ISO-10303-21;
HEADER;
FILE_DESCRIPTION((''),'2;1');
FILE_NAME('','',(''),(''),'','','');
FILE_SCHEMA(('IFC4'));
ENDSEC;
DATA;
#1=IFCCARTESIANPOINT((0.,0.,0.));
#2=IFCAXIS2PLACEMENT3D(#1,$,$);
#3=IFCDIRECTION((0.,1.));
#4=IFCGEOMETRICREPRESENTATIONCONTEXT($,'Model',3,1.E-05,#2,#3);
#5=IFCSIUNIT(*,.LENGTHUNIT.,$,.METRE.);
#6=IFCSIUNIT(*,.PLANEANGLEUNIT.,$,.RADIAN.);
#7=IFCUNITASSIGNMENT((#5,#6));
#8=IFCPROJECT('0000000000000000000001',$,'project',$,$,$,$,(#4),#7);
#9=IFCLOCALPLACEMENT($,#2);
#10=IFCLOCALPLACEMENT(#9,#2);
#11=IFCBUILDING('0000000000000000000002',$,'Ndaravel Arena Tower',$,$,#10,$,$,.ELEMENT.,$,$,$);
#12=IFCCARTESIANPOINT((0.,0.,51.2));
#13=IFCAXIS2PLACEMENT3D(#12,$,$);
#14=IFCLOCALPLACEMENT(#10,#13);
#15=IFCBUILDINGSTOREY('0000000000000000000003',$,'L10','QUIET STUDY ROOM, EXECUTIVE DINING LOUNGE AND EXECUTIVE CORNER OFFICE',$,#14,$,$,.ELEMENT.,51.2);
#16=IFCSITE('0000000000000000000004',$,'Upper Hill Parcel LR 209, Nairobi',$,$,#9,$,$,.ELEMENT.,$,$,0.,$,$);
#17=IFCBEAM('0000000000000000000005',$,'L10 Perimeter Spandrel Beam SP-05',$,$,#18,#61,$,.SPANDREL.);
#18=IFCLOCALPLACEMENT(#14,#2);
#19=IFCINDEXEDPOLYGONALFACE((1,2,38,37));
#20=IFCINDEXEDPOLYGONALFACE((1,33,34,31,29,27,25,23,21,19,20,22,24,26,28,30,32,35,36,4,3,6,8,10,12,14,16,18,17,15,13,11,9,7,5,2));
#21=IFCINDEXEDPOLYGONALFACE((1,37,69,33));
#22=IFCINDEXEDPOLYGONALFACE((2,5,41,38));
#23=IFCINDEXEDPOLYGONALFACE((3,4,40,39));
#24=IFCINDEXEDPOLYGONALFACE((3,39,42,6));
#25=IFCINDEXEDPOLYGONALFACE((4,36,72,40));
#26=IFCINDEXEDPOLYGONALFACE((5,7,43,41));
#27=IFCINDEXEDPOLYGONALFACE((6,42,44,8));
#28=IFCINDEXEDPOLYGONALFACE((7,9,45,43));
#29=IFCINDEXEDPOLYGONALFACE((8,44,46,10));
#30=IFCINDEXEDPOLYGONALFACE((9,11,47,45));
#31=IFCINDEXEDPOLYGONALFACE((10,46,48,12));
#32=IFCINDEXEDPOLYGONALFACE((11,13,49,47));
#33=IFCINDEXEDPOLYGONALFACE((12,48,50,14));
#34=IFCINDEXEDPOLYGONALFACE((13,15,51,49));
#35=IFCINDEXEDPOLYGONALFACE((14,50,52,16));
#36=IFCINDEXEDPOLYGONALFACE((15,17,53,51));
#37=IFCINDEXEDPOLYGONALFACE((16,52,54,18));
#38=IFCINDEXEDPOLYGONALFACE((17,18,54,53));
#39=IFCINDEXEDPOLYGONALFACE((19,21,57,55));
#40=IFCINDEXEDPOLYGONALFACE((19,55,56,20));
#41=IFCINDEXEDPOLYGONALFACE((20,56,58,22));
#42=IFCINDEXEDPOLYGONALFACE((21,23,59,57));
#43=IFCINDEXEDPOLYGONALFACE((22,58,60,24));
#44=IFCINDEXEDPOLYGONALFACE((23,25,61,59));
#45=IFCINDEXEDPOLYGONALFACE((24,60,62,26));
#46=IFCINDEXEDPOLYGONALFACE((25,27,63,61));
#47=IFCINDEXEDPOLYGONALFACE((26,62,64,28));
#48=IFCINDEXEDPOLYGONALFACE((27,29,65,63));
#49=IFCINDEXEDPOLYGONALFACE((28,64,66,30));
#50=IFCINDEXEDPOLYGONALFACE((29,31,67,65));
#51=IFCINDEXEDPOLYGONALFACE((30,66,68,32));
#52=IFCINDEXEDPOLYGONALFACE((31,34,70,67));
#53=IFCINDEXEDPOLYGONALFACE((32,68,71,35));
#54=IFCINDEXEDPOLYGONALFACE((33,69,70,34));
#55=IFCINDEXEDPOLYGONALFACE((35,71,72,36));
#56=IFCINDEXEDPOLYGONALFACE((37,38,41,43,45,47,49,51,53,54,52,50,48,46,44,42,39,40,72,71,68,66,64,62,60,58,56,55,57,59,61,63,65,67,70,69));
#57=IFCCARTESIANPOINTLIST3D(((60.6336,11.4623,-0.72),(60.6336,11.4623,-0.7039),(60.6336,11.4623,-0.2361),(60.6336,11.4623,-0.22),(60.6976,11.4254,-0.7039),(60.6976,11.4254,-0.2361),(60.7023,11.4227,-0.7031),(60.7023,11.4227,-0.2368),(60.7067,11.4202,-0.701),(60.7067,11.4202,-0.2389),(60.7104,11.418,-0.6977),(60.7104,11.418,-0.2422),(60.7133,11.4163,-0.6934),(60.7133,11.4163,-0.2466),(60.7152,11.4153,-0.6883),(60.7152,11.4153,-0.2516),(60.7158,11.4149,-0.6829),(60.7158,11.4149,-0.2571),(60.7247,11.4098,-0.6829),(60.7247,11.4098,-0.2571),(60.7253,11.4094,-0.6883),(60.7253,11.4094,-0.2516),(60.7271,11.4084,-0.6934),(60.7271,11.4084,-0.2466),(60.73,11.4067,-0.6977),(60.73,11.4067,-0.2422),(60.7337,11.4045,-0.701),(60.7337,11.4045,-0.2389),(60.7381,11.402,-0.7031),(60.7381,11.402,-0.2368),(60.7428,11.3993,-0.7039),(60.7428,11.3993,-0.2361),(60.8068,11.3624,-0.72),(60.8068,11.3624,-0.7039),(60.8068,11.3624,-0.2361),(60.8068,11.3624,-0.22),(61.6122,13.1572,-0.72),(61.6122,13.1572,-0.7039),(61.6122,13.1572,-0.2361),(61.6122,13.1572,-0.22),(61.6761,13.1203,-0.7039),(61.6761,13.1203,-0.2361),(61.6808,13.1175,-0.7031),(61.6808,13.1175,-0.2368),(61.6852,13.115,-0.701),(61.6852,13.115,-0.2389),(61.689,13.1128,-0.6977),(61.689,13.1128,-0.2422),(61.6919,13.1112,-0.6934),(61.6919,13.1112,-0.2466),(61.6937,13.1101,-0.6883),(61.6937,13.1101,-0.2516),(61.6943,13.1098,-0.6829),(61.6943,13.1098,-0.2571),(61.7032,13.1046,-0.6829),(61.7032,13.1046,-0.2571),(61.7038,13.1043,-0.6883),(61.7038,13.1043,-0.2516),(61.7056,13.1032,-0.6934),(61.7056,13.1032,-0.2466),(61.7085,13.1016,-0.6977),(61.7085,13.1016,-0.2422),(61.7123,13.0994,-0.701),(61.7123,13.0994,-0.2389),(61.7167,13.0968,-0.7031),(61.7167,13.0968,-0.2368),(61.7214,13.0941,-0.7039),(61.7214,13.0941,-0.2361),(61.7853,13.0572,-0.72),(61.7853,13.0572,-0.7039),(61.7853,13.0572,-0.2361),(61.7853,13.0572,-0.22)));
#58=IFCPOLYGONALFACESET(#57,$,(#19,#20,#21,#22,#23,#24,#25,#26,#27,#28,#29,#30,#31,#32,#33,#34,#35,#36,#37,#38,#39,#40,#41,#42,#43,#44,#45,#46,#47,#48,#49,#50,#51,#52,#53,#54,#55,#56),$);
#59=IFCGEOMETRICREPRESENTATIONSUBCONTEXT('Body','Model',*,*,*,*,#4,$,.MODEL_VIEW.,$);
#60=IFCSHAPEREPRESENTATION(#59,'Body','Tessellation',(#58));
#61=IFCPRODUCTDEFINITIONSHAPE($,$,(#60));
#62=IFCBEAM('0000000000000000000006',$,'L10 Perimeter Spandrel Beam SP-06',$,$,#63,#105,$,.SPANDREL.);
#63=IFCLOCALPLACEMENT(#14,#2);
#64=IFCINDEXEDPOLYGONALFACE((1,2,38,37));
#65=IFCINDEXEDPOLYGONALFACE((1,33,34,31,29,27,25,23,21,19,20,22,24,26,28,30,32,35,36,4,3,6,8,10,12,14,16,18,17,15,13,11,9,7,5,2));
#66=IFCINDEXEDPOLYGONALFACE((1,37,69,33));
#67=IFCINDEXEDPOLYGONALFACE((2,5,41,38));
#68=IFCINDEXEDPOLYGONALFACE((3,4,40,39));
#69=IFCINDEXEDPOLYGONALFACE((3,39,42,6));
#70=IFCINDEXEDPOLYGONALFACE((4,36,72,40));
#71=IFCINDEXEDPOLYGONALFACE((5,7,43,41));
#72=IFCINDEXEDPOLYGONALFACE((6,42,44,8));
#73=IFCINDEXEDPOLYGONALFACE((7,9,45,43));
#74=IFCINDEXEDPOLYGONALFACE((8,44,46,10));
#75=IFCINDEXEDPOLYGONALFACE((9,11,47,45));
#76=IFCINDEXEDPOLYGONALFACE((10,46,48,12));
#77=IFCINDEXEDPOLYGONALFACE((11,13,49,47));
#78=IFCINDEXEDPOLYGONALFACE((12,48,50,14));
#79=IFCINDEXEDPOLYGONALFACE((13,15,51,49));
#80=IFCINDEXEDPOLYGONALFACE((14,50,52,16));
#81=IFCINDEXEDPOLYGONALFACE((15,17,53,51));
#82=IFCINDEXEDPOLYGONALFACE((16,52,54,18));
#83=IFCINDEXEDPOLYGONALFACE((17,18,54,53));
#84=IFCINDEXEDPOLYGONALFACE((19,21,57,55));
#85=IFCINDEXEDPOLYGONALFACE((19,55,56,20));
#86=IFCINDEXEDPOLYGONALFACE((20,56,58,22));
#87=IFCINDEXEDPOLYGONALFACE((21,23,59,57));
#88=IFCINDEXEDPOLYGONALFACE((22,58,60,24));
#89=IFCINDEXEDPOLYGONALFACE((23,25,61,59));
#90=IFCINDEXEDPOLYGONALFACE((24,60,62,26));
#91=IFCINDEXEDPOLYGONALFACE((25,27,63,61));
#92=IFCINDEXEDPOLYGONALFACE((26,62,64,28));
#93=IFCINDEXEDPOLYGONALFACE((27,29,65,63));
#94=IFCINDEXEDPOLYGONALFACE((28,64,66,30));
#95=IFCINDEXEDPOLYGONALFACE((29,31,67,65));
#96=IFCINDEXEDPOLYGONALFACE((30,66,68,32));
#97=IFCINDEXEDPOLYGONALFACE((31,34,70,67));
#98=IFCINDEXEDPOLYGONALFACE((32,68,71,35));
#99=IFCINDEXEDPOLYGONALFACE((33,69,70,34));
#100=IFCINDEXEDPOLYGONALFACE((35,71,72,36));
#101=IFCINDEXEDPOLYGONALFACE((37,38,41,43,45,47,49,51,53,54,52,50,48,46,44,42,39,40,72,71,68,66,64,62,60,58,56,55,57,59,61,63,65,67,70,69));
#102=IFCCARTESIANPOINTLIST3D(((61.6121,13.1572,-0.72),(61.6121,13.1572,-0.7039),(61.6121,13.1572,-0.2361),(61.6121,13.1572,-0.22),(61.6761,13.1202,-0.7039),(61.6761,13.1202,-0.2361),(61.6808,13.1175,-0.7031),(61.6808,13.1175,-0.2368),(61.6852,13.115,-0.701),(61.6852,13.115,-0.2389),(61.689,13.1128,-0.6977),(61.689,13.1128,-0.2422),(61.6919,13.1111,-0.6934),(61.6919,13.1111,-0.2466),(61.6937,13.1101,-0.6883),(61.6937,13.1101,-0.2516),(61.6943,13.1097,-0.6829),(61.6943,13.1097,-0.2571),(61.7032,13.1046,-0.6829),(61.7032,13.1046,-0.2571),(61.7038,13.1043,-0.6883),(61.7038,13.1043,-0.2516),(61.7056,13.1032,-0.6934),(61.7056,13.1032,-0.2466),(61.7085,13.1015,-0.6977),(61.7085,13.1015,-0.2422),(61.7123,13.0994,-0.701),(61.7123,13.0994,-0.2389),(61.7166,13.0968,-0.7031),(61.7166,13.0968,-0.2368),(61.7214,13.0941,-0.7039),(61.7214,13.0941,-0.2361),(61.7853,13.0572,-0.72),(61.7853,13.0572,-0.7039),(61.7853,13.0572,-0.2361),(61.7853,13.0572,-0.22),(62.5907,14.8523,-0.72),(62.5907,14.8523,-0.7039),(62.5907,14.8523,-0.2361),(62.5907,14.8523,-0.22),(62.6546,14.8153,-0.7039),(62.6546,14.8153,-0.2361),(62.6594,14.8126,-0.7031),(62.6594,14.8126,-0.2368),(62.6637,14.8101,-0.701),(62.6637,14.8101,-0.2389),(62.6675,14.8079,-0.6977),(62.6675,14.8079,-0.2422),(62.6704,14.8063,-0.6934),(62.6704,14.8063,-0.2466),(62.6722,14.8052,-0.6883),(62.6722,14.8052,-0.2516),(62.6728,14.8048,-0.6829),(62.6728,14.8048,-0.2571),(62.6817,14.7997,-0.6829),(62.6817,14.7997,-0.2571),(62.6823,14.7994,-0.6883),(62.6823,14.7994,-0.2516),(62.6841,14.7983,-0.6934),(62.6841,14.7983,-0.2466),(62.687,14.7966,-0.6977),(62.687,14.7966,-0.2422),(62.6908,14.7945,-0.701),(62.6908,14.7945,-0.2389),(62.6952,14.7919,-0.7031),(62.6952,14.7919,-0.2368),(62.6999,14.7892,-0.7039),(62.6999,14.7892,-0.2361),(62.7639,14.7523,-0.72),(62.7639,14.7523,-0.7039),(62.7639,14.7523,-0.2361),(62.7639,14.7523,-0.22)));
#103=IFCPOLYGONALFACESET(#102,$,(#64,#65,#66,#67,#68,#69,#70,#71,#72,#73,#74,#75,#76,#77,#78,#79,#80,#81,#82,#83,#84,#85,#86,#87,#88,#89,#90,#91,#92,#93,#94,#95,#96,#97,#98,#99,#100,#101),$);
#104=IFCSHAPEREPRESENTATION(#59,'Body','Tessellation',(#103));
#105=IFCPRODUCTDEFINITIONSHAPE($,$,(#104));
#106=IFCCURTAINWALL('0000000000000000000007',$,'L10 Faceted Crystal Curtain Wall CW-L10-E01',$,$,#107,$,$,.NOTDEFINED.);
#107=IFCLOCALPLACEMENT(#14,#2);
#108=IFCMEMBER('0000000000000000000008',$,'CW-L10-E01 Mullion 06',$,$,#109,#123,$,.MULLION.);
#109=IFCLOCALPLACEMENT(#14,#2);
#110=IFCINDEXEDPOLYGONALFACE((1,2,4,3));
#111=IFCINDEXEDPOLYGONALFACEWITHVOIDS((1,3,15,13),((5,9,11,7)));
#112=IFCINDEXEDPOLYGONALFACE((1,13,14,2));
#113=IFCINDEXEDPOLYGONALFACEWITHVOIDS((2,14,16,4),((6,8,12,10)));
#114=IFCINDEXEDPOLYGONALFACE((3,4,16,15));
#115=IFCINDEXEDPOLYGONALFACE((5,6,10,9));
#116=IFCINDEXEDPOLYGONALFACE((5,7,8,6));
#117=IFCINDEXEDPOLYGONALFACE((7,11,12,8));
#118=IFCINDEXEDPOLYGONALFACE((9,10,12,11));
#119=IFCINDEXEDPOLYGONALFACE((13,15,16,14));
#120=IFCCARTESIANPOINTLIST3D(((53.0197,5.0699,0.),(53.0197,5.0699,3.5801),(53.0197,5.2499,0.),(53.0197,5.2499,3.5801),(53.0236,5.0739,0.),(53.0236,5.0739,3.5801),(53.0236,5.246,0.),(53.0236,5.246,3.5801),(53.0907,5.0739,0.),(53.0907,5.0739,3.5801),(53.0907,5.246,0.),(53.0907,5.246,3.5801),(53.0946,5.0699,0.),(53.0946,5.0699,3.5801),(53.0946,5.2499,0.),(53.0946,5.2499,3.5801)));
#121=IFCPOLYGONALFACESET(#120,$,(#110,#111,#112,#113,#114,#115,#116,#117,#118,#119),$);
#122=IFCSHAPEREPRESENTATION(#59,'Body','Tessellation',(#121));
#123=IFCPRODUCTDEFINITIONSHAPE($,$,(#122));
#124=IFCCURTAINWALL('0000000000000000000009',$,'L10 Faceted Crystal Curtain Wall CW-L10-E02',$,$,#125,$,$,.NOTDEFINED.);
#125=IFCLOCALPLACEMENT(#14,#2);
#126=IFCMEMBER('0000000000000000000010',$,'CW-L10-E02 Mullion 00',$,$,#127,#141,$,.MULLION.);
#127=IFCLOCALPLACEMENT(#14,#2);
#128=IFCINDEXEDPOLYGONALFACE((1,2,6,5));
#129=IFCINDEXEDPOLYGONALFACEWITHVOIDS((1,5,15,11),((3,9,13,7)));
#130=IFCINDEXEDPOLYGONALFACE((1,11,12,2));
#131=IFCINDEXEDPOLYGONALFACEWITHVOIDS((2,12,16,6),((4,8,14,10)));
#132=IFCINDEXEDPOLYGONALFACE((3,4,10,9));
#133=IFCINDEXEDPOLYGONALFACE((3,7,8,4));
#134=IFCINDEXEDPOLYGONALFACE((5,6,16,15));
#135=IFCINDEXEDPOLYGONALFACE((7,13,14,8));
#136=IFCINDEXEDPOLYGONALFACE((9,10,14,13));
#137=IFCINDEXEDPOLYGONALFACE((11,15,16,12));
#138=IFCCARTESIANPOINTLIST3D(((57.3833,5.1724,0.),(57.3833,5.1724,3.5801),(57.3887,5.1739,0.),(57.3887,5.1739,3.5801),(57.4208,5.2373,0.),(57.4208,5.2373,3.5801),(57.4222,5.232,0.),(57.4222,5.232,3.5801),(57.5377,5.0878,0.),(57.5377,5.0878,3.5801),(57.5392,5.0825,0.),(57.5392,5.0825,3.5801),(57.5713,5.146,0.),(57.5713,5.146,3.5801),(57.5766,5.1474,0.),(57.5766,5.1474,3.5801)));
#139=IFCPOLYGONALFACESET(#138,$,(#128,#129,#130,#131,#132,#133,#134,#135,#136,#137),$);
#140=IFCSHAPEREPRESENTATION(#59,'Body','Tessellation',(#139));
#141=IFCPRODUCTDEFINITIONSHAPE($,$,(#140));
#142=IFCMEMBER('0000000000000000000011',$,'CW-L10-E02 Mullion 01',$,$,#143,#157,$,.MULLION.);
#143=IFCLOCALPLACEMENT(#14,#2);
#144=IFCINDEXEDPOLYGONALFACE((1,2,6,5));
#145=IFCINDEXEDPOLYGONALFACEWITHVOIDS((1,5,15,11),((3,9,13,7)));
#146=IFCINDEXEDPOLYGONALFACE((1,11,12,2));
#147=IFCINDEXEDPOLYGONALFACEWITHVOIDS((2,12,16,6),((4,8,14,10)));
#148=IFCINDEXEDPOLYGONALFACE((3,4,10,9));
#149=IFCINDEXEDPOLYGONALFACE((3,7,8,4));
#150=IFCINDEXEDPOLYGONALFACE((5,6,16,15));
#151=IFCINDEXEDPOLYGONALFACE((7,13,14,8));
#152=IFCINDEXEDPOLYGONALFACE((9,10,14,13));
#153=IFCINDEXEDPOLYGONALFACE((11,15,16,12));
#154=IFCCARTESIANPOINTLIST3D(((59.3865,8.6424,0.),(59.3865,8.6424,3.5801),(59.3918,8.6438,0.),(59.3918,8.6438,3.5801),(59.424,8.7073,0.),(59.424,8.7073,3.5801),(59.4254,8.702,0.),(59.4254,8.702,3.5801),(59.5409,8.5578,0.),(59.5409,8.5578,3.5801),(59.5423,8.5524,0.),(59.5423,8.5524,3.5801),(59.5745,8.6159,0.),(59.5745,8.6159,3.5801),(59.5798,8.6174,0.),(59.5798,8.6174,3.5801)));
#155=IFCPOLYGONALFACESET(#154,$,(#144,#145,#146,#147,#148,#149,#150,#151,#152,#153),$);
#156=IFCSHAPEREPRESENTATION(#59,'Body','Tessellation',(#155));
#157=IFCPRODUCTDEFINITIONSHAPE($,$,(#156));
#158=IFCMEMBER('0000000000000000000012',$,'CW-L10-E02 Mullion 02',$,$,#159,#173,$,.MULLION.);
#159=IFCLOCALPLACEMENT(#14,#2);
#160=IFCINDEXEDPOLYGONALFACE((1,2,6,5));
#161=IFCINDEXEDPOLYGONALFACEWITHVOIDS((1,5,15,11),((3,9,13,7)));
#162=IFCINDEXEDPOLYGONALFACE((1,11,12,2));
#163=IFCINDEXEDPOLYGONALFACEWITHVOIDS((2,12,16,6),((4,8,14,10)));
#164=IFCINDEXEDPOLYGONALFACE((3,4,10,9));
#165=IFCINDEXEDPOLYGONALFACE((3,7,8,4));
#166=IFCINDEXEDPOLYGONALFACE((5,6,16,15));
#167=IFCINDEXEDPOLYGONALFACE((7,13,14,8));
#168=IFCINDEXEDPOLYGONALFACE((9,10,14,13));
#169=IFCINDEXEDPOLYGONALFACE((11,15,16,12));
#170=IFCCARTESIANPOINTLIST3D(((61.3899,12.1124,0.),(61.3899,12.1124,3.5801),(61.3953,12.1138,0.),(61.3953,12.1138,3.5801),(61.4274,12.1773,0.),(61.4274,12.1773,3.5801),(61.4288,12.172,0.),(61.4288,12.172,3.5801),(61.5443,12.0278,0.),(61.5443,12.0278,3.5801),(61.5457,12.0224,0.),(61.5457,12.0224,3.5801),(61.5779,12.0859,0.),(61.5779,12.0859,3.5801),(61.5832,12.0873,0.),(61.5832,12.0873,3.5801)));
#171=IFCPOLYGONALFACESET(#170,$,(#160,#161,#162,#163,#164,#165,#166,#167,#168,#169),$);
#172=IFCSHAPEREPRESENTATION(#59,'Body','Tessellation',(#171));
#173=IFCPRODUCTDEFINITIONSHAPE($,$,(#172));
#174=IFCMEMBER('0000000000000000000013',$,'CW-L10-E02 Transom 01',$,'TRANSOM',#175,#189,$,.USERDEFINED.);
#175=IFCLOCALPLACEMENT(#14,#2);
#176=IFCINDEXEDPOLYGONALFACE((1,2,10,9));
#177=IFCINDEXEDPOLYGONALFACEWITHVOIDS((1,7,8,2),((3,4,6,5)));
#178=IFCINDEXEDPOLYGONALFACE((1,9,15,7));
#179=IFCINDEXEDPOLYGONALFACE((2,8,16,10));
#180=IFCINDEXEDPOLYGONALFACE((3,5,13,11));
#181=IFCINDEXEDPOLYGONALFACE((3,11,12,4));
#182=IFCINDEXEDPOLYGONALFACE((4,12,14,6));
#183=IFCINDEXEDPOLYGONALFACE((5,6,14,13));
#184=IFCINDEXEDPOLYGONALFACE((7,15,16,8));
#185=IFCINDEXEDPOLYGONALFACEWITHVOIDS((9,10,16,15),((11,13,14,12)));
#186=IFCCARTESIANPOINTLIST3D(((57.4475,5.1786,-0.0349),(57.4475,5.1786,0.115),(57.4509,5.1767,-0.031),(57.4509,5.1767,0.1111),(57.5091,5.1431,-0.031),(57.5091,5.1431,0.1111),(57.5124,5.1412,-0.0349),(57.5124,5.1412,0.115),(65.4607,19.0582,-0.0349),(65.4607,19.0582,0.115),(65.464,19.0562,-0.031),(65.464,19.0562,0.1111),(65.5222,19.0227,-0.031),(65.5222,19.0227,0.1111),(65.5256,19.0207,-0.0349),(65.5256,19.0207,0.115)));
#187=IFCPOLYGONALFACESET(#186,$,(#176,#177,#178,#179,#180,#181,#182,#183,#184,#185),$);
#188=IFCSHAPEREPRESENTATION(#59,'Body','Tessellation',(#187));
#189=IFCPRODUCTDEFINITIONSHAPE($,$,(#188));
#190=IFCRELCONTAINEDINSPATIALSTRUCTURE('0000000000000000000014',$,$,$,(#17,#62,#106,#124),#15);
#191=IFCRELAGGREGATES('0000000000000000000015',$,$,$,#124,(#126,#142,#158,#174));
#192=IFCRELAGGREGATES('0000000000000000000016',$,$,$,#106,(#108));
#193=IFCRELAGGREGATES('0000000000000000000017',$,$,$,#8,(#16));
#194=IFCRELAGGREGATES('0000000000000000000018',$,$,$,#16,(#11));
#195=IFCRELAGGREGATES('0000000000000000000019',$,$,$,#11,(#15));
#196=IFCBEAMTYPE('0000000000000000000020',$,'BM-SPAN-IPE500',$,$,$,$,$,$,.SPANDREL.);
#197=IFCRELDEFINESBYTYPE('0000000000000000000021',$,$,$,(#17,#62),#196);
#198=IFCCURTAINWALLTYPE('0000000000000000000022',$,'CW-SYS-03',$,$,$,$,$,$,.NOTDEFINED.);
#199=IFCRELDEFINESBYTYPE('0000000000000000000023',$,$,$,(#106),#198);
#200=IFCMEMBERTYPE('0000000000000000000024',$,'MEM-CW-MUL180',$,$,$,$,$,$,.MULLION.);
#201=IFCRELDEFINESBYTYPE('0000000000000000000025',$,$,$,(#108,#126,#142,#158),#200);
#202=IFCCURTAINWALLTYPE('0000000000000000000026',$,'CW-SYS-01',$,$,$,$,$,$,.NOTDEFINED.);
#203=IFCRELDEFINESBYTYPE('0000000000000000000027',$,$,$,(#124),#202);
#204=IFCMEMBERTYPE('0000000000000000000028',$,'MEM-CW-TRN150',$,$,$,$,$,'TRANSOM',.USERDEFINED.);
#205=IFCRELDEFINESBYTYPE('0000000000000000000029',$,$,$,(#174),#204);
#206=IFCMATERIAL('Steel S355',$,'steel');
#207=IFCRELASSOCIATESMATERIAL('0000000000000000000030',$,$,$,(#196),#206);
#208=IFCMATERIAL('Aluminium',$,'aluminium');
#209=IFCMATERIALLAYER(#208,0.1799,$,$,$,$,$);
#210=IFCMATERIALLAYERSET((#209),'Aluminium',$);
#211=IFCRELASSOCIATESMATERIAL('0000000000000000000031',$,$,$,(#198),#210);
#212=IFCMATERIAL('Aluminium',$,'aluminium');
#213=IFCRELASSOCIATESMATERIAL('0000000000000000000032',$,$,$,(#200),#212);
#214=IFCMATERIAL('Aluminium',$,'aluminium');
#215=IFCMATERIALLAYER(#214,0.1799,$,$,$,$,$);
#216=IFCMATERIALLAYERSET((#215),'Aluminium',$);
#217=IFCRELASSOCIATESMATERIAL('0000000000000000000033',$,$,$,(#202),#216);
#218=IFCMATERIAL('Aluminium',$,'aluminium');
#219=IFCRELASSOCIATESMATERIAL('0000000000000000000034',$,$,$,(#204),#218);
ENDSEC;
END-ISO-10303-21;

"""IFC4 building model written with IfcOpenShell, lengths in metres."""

from ifc_helpers import new_model, si_unit, direction, frame, origin, origin_2d, place, context, subcontext, project, spatial, hollow_rectangle, i_section, extrude, material, layer, layer_set, material_profile, profile_set, type_object, element, aggregate, save


model = new_model("IFC4")

# Units and contexts
model_context = context("Model", 3, precision=1e-05, world=origin(), true_north=direction((0.0, 1.0)))
body_context = subcontext(model_context, "Body", "Model", "MODEL_VIEW")
ifc_project = project(units=[si_unit("LENGTHUNIT", "METRE"), si_unit("PLANEANGLEUNIT", "RADIAN")], contexts=[model_context])

# Site, building, storey
site_placement = place(None, origin())
site = spatial("IfcSite", under=ifc_project, at=site_placement, Name="Upper Hill Parcel LR 209, Nairobi", CompositionType="ELEMENT", RefElevation=0.0)
building_placement = place(site_placement, origin())
building = spatial("IfcBuilding", under=site, at=building_placement, Name="Ndaravel Arena Tower", CompositionType="ELEMENT")
storey_placement = place(building_placement, frame((0.0, 0.0, 51.2)))
storey = spatial("IfcBuildingStorey", under=building, at=storey_placement, Name="L10", Description="QUIET STUDY ROOM, EXECUTIVE DINING LOUNGE AND EXECUTIVE CORNER OFFICE", CompositionType="ELEMENT", Elevation=51.2)

# Beams
ifc_material_1 = material(Name="Steel S355", Category="steel")
ifc_material_profile_1 = material_profile(ifc_material_1, i_section(OverallWidth=0.2, OverallDepth=0.5, WebThickness=0.0103, FlangeThickness=0.0161, FilletRadius=0.021, at=origin_2d()), Name="IPE 500")
ifc_profile_set_1 = profile_set([ifc_material_profile_1], Name="Steel S355")
beam_type = type_object("IfcBeamType", Name="BM-SPAN-IPE500", PredefinedType="SPANDREL", material=ifc_profile_set_1)
beam_1_placement = place(storey_placement, frame((60.7202, 11.4124, -0.47), z_axis=(0.500003, 0.866024, 0.0), x_axis=(-0.866024, 0.500003, 0.0)))
element("IfcBeam", 1, at=beam_1_placement, inside=storey, type_object=beam_type, Name="L10 Perimeter Spandrel Beam SP-05", PredefinedType="SPANDREL", context=body_context, shape_type="SweptSolid", body=[
    extrude(i_section(OverallWidth=0.2, OverallDepth=0.5, WebThickness=0.0103, FlangeThickness=0.0161, FilletRadius=0.021, at=origin_2d()), origin(), (0.0, 0.0, 1.0), 1.957),
])
beam_2_placement = place(storey_placement, frame((61.6987, 13.1072, -0.47), z_axis=(0.499949, 0.866055, 0.0), x_axis=(-0.866055, 0.499949, 0.0)))
element("IfcBeam", 2, at=beam_2_placement, inside=storey, type_object=beam_type, Name="L10 Perimeter Spandrel Beam SP-06", PredefinedType="SPANDREL", context=body_context, shape_type="SweptSolid", body=[
    extrude(i_section(OverallWidth=0.2, OverallDepth=0.5, WebThickness=0.0103, FlangeThickness=0.0161, FilletRadius=0.021, at=origin_2d()), origin(), (0.0, 0.0, 1.0), 1.9573),
])

# Curtain wall, member
ifc_material_2 = material(Name="Aluminium", Category="aluminium")
ifc_layer_1 = layer(ifc_material_2, 0.1799)
ifc_layer_set_1 = layer_set([ifc_layer_1], Name="Aluminium")
curtain_wall_type_1 = type_object("IfcCurtainWallType", Name="CW-SYS-03", PredefinedType="NOTDEFINED", material=ifc_layer_set_1)
curtain_wall_1_placement = place(storey_placement, origin())
curtain_wall_1 = element("IfcCurtainWall", 3, at=curtain_wall_1_placement, inside=storey, type_object=curtain_wall_type_1, Name="L10 Faceted Crystal Curtain Wall CW-L10-E01", PredefinedType="NOTDEFINED")
ifc_material_3 = material(Name="Aluminium", Category="aluminium")
ifc_material_profile_2 = material_profile(ifc_material_3, hollow_rectangle(XDim=0.075, YDim=0.1799, WallThickness=0.0039, at=origin_2d()), Name="CW MULLION 75x180x4")
ifc_profile_set_2 = profile_set([ifc_material_profile_2], Name="Aluminium")
member_type_1 = type_object("IfcMemberType", Name="MEM-CW-MUL180", PredefinedType="MULLION", material=ifc_profile_set_2)
member_1_placement = place(storey_placement, frame((53.0571, 5.1599, 0.0), z_axis=(0.0, 0.0, 1.0), x_axis=(1.0, 0.0, 0.0)))
member_1 = element("IfcMember", 4, at=member_1_placement, type_object=member_type_1, Name="CW-L10-E01 Mullion 06", PredefinedType="MULLION", context=body_context, shape_type="SweptSolid", body=[
    extrude(hollow_rectangle(XDim=0.075, YDim=0.1799, WallThickness=0.0039, at=origin_2d()), origin(), (0.0, 0.0, 1.0), 3.5801),
])

# Curtain wall, members
ifc_material_4 = material(Name="Aluminium", Category="aluminium")
ifc_layer_2 = layer(ifc_material_4, 0.1799)
ifc_layer_set_2 = layer_set([ifc_layer_2], Name="Aluminium")
curtain_wall_type_2 = type_object("IfcCurtainWallType", Name="CW-SYS-01", PredefinedType="NOTDEFINED", material=ifc_layer_set_2)
curtain_wall_2_placement = place(storey_placement, origin())
curtain_wall_2 = element("IfcCurtainWall", 5, at=curtain_wall_2_placement, inside=storey, type_object=curtain_wall_type_2, Name="L10 Faceted Crystal Curtain Wall CW-L10-E02", PredefinedType="NOTDEFINED")
member_2_placement = place(storey_placement, frame((57.48, 5.1599, 0.0), z_axis=(0.0, 0.0, 1.0), x_axis=(0.5, 0.866025, 0.0)))
member_2 = element("IfcMember", 6, at=member_2_placement, type_object=member_type_1, Name="CW-L10-E02 Mullion 00", PredefinedType="MULLION", context=body_context, shape_type="SweptSolid", body=[
    extrude(hollow_rectangle(XDim=0.075, YDim=0.1799, WallThickness=0.0039, at=origin_2d()), origin(), (0.0, 0.0, 1.0), 3.5801),
])
member_3_placement = place(storey_placement, frame((59.4832, 8.6299, 0.0), z_axis=(0.0, 0.0, 1.0), x_axis=(0.5, 0.866025, 0.0)))
member_3 = element("IfcMember", 7, at=member_3_placement, type_object=member_type_1, Name="CW-L10-E02 Mullion 01", PredefinedType="MULLION", context=body_context, shape_type="SweptSolid", body=[
    extrude(hollow_rectangle(XDim=0.075, YDim=0.1799, WallThickness=0.0039, at=origin_2d()), origin(), (0.0, 0.0, 1.0), 3.5801),
])
member_4_placement = place(storey_placement, frame((61.4866, 12.0999, 0.0), z_axis=(0.0, 0.0, 1.0), x_axis=(0.5, 0.866025, 0.0)))
member_4 = element("IfcMember", 8, at=member_4_placement, type_object=member_type_1, Name="CW-L10-E02 Mullion 02", PredefinedType="MULLION", context=body_context, shape_type="SweptSolid", body=[
    extrude(hollow_rectangle(XDim=0.075, YDim=0.1799, WallThickness=0.0039, at=origin_2d()), origin(), (0.0, 0.0, 1.0), 3.5801),
])
ifc_material_5 = material(Name="Aluminium", Category="aluminium")
ifc_material_profile_3 = material_profile(ifc_material_5, hollow_rectangle(XDim=0.075, YDim=0.1499, WallThickness=0.0039, at=origin_2d()), Name="CW TRANSOM 75x150x4")
ifc_profile_set_3 = profile_set([ifc_material_profile_3], Name="Aluminium")
member_type_2 = type_object("IfcMemberType", Name="MEM-CW-TRN150", ElementType="TRANSOM", PredefinedType="USERDEFINED", material=ifc_profile_set_3)
member_5_placement = place(storey_placement, frame((57.48, 5.1599, 0.04), z_axis=(0.499989, 0.866032, 0.0), x_axis=(-0.866032, 0.499989, 0.0)))
member_5 = element("IfcMember", 9, at=member_5_placement, type_object=member_type_2, Name="CW-L10-E02 Transom 01", ObjectType="TRANSOM", PredefinedType="USERDEFINED", context=body_context, shape_type="SweptSolid", body=[
    extrude(hollow_rectangle(XDim=0.075, YDim=0.1499, WallThickness=0.0039, at=origin_2d()), origin(), (0.0, 0.0, 1.0), 16.0266),
])
aggregate(curtain_wall_2, [member_2, member_3, member_4, member_5])

aggregate(curtain_wall_1, [member_1])

save(model, "model.ifc")
